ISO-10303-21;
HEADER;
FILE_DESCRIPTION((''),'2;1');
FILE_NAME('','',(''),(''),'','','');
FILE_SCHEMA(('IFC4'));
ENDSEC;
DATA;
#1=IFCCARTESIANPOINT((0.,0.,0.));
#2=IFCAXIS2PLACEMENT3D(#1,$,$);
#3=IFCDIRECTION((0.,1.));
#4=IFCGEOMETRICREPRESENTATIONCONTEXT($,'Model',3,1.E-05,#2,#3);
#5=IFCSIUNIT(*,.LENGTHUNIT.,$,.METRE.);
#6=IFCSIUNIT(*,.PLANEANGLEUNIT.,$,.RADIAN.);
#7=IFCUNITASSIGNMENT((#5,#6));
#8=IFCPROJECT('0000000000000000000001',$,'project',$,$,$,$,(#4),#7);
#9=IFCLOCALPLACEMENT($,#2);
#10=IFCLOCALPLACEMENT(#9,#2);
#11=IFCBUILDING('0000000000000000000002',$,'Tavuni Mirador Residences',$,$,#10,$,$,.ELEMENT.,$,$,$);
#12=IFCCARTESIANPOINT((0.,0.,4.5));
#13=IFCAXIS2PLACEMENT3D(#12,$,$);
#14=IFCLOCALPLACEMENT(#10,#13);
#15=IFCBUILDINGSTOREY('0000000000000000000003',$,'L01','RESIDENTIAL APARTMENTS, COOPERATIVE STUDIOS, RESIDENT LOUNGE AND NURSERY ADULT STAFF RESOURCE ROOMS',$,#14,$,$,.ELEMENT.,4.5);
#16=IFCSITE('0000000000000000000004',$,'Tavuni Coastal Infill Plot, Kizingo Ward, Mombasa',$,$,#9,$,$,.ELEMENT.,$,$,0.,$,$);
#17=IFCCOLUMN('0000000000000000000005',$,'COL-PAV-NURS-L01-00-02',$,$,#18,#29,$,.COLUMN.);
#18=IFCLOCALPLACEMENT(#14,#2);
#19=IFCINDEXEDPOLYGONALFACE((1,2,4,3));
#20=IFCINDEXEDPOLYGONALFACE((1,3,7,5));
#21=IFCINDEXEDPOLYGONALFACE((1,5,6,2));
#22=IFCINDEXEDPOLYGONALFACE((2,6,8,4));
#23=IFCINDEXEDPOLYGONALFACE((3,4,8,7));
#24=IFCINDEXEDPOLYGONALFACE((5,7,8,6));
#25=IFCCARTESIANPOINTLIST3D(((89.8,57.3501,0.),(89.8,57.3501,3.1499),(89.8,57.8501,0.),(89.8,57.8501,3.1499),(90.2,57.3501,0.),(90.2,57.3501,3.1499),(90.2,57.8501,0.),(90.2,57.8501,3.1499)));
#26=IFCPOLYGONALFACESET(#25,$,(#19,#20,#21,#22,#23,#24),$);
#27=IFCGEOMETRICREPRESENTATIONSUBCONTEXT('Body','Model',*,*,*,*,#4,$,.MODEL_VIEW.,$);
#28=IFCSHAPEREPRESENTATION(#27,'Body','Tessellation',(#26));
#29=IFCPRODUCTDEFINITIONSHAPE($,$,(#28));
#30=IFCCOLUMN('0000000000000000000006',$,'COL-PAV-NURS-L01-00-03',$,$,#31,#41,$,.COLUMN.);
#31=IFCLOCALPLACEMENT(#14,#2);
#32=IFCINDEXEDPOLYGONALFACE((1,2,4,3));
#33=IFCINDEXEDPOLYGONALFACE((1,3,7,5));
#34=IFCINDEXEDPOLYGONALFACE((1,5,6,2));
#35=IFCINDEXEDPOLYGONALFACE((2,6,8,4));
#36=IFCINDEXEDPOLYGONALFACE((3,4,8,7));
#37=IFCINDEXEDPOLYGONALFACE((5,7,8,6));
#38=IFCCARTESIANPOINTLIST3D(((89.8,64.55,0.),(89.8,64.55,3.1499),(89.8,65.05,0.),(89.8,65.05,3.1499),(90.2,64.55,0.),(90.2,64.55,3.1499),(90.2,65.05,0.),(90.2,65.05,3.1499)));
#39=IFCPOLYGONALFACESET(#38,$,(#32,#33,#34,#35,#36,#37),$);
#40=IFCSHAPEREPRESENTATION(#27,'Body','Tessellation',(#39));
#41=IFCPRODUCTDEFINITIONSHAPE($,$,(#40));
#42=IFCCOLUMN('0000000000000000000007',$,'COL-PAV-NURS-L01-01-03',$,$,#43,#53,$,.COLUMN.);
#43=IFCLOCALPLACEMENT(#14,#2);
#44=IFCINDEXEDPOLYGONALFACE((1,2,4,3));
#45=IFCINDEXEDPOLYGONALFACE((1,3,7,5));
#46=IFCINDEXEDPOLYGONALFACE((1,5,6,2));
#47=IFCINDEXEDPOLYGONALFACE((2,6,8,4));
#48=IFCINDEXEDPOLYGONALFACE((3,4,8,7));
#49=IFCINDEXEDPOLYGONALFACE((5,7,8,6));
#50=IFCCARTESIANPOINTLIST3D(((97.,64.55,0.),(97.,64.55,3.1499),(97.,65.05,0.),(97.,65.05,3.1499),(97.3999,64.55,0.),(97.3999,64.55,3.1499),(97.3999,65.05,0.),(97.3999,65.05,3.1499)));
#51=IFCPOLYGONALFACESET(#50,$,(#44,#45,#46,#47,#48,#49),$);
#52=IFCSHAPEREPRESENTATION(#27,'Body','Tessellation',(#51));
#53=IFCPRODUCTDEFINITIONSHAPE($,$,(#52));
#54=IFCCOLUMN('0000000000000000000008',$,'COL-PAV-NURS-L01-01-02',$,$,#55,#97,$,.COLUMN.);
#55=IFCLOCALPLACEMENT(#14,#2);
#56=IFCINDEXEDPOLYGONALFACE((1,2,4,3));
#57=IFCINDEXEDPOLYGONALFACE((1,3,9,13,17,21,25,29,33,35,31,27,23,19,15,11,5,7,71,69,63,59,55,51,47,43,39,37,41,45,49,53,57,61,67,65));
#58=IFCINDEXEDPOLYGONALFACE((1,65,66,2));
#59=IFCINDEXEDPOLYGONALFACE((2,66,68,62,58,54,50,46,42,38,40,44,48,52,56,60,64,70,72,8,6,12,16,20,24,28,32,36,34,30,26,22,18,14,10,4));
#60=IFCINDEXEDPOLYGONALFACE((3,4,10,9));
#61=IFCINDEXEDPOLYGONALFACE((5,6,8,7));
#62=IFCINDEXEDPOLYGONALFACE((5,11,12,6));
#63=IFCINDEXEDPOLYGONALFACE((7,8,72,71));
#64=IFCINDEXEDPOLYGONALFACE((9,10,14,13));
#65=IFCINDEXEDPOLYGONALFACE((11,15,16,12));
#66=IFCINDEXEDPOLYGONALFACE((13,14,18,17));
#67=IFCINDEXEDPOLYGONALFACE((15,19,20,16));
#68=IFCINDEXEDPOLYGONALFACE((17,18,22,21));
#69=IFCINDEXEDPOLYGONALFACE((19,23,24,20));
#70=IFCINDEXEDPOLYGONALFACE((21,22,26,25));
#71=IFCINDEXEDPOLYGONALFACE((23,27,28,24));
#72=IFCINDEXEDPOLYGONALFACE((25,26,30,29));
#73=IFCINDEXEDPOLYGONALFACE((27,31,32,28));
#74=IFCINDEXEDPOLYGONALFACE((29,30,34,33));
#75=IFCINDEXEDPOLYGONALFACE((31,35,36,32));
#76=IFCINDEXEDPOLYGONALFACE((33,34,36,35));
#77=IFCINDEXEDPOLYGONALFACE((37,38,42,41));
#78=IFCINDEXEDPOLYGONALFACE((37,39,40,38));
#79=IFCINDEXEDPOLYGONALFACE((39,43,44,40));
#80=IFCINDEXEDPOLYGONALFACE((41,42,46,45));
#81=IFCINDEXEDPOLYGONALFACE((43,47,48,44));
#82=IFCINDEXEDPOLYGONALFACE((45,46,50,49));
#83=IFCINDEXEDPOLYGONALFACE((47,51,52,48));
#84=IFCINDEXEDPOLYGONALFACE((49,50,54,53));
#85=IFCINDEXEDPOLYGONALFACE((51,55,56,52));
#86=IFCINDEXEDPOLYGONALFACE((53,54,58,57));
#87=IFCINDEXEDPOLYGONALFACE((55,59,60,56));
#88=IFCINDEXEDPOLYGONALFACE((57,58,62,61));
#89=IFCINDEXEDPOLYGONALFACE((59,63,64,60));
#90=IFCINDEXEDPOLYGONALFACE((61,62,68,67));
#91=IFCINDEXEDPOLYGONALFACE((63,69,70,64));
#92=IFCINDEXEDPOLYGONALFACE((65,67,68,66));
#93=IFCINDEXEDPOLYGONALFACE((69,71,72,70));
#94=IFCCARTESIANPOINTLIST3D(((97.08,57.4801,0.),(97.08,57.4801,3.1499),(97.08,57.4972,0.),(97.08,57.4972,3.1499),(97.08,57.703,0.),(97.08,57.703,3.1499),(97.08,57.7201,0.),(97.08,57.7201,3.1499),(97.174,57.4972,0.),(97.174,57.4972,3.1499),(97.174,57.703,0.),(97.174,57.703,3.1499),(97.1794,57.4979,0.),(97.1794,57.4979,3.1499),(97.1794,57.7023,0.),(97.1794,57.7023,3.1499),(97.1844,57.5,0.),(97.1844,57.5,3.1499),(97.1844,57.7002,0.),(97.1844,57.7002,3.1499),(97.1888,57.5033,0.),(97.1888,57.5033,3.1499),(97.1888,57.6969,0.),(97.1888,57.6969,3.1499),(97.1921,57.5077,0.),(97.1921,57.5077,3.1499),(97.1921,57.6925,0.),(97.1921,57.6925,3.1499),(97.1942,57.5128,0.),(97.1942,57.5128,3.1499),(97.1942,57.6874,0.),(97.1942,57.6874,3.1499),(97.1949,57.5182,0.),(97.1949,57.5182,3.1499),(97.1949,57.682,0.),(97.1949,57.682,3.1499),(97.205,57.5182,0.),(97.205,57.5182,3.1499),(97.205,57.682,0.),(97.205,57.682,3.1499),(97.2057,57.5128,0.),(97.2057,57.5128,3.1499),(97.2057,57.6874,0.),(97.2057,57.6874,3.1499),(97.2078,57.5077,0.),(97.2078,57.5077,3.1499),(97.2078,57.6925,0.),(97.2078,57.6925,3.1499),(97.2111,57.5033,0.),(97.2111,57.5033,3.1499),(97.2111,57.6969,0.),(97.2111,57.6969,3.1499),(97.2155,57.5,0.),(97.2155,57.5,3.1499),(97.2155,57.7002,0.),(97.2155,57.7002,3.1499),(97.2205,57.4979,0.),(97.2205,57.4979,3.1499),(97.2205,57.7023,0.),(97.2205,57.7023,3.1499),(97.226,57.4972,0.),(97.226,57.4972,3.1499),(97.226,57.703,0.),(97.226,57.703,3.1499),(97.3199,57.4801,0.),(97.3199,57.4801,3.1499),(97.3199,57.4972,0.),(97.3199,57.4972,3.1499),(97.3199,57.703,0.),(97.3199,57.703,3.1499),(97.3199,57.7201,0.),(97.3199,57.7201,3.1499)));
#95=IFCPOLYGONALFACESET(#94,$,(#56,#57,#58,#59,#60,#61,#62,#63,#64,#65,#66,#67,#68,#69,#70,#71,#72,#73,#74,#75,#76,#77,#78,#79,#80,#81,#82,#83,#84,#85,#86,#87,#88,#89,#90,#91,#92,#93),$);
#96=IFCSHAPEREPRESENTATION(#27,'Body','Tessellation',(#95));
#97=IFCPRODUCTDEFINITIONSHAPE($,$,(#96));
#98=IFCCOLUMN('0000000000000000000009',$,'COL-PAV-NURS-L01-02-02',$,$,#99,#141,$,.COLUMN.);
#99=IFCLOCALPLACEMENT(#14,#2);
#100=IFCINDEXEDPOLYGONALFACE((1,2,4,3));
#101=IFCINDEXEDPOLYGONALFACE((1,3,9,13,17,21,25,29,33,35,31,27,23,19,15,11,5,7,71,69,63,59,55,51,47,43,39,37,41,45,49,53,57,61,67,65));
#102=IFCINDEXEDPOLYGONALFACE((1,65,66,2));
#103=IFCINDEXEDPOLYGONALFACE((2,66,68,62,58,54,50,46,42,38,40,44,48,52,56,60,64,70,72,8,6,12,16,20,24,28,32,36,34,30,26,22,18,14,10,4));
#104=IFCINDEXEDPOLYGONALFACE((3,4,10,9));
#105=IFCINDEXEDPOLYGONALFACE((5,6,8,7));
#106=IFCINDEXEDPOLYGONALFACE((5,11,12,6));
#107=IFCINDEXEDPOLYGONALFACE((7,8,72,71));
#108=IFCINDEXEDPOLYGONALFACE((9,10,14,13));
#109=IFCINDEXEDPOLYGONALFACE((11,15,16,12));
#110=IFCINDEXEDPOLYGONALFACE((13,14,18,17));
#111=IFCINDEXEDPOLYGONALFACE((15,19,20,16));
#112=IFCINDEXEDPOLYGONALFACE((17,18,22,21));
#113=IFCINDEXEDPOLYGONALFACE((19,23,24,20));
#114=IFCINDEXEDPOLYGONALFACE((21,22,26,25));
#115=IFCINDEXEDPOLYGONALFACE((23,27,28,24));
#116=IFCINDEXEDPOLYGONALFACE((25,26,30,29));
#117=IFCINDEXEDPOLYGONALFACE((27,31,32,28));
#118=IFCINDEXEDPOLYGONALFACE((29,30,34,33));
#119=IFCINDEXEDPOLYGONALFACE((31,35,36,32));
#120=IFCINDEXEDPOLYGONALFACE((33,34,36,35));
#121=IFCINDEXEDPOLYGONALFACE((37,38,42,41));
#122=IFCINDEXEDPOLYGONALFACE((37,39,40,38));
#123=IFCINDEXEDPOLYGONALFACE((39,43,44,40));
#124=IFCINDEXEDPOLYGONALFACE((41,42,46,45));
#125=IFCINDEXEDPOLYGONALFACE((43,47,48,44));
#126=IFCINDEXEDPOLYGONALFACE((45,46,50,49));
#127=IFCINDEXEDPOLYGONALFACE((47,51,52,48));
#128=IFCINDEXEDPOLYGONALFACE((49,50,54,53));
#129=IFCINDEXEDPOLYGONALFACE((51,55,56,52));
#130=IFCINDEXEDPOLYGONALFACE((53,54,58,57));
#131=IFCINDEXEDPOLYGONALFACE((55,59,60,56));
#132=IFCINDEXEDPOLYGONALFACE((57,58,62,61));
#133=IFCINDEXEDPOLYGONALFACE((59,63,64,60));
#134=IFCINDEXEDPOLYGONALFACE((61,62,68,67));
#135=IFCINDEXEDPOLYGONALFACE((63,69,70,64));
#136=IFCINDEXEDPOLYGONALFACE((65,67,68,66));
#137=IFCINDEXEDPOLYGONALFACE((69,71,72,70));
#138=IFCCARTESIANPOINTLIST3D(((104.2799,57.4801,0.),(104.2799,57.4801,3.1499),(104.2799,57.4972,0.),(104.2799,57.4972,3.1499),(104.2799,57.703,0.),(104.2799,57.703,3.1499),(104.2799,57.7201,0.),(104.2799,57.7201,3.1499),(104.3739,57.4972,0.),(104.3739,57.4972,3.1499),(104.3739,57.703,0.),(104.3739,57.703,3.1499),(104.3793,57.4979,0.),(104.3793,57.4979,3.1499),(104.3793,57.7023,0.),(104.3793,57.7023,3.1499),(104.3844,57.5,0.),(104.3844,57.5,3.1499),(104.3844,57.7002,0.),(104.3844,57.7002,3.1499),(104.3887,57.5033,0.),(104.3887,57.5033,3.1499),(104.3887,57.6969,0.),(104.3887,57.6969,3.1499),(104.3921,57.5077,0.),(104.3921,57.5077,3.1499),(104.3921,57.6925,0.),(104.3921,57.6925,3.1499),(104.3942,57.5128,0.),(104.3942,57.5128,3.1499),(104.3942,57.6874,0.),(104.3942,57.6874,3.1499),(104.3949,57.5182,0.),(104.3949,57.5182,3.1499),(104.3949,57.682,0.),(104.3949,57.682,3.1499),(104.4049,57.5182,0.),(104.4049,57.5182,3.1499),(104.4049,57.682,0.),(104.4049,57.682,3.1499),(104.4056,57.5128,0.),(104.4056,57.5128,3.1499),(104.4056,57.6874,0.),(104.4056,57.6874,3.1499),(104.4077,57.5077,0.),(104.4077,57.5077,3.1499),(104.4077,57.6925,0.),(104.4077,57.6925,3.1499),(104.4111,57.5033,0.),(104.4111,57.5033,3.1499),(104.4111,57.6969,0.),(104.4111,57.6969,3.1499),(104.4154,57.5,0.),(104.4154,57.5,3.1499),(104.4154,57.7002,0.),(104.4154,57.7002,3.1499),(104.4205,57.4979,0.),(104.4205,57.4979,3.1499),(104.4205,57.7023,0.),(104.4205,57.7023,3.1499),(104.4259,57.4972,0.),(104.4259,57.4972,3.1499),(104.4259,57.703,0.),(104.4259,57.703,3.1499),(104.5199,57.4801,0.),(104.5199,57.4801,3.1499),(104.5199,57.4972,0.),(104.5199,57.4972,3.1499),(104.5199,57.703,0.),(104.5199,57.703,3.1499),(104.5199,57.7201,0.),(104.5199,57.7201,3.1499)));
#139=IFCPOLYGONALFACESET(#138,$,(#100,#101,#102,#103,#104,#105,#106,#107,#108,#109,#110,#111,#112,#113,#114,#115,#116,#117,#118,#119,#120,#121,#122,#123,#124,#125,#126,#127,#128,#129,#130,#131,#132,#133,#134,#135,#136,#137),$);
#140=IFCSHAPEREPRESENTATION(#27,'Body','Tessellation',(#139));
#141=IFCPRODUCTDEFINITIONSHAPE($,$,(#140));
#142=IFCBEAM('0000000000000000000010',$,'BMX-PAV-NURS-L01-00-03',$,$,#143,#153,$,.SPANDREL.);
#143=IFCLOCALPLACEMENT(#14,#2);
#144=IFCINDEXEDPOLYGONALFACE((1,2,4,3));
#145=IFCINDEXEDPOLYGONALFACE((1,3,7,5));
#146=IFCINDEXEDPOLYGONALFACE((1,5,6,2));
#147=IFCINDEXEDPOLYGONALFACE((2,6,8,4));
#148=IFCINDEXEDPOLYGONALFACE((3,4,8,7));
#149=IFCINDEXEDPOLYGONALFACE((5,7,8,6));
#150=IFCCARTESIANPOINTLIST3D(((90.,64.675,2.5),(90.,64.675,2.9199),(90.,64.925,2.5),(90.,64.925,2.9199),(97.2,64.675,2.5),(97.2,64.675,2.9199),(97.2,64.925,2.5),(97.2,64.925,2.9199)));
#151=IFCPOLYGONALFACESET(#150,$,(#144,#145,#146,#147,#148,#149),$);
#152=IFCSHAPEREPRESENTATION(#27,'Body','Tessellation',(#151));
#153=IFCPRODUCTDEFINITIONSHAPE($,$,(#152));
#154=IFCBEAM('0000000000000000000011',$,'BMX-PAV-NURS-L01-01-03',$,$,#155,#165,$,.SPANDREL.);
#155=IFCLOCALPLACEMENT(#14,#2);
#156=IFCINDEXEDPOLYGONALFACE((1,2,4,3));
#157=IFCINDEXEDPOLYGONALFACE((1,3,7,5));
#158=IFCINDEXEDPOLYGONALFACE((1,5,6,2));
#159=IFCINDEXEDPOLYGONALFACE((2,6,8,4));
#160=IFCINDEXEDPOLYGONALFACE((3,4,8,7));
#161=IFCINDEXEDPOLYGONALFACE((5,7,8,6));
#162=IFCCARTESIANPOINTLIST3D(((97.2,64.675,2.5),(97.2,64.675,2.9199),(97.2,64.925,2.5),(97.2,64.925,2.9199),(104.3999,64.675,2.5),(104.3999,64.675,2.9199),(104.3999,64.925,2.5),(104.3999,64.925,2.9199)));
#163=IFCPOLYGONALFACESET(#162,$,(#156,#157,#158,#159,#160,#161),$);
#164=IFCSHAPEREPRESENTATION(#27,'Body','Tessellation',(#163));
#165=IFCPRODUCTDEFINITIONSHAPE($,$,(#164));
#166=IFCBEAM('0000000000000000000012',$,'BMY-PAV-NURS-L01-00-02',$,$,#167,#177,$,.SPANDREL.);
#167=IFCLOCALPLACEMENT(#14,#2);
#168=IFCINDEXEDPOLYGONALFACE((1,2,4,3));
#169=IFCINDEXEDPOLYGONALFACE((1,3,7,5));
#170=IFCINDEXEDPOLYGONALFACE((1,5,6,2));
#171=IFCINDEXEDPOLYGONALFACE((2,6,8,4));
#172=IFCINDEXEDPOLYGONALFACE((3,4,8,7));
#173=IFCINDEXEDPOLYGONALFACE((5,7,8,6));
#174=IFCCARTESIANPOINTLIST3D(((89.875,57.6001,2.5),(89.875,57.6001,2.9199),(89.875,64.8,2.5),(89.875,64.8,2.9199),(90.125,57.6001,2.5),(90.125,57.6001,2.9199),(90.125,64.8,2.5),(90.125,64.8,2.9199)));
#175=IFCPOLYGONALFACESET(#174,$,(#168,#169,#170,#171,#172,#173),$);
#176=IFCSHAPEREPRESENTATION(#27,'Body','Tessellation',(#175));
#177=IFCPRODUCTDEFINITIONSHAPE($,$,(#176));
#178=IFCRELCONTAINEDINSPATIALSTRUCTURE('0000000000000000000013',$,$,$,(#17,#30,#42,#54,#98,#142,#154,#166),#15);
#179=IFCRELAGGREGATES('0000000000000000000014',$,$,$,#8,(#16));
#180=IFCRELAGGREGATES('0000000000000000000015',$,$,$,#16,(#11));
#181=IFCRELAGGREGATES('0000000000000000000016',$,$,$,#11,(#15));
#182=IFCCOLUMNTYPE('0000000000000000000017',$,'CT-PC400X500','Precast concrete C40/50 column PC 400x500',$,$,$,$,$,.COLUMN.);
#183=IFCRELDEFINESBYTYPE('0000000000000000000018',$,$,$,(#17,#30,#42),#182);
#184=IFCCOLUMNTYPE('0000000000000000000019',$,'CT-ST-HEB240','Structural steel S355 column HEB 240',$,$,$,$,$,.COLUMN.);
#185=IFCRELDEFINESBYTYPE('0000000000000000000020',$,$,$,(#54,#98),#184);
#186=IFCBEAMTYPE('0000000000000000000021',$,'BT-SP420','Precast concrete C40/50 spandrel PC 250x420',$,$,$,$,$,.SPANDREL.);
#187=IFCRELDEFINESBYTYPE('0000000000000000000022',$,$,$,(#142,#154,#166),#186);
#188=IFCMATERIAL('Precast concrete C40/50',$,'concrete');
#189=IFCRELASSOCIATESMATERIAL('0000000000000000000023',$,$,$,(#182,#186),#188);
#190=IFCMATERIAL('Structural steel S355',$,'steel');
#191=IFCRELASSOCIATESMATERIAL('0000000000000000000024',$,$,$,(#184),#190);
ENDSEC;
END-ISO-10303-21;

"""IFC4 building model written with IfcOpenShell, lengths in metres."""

from ifc_helpers import new_model, si_unit, direction, frame, origin, origin_2d, place, context, subcontext, project, spatial, rectangle, i_section, extrude, material, material_profile, profile_set, type_object, element, save


model = new_model("IFC4")

# Units and contexts
model_context = context("Model", 3, precision=1e-05, world=origin(), true_north=direction((0.0, 1.0)))
body_context = subcontext(model_context, "Body", "Model", "MODEL_VIEW")
ifc_project = project(units=[si_unit("LENGTHUNIT", "METRE"), si_unit("PLANEANGLEUNIT", "RADIAN")], contexts=[model_context])

# Site, building, storey
site_placement = place(None, origin())
site = spatial("IfcSite", under=ifc_project, at=site_placement, Name="Tavuni Coastal Infill Plot, Kizingo Ward, Mombasa", CompositionType="ELEMENT", RefElevation=0.0)
building_placement = place(site_placement, origin())
building = spatial("IfcBuilding", under=site, at=building_placement, Name="Tavuni Mirador Residences", CompositionType="ELEMENT")
storey_placement = place(building_placement, frame((0.0, 0.0, 4.5)))
storey = spatial("IfcBuildingStorey", under=building, at=storey_placement, Name="L01", Description="RESIDENTIAL APARTMENTS, COOPERATIVE STUDIOS, RESIDENT LOUNGE AND NURSERY ADULT STAFF RESOURCE ROOMS", CompositionType="ELEMENT", Elevation=4.5)

# Columns
ifc_material_1 = material(Name="Precast concrete C40/50", Category="concrete")
ifc_material_profile_1 = material_profile(ifc_material_1, rectangle(XDim=0.3999, YDim=0.5, at=origin_2d()), Name="PC 400x500", Category="concrete")
ifc_profile_set_1 = profile_set([ifc_material_profile_1], Name="Precast concrete C40/50")
column_type_1 = type_object("IfcColumnType", Name="CT-PC400X500", Description="Precast concrete C40/50 column PC 400x500", PredefinedType="COLUMN", material=ifc_profile_set_1)
for number, where, z_axis, x_axis, name in (
    (1, (90.0, 57.6001, 0.0), (0.0, 0.0, 1.0), (1.0, 0.0, 0.0), "COL-PAV-NURS-L01-00-02"),
    (2, (90.0, 64.8, 0.0), (0.0, 0.0, 1.0), (1.0, 0.0, 0.0), "COL-PAV-NURS-L01-00-03"),
    (3, (97.2, 64.8, 0.0), (0.0, 0.0, 1.0), (1.0, 0.0, 0.0), "COL-PAV-NURS-L01-01-03"),
):
    element("IfcColumn", number, at=place(storey_placement, frame(where, z_axis=z_axis, x_axis=x_axis)), inside=storey, type_object=column_type_1, Name=name, PredefinedType="COLUMN", context=body_context, shape_type="SweptSolid", body=[
        extrude(rectangle(XDim=0.3999, YDim=0.5, at=origin_2d()), origin(), (0.0, 0.0, 1.0), 3.1499),
    ])
ifc_material_2 = material(Name="Structural steel S355", Category="steel")
ifc_material_profile_2 = material_profile(ifc_material_2, i_section(OverallWidth=0.24, OverallDepth=0.24, WebThickness=0.01, FlangeThickness=0.0171, FilletRadius=0.021, at=origin_2d()), Name="HEB 240", Category="steel")
ifc_profile_set_2 = profile_set([ifc_material_profile_2], Name="Structural steel S355")
column_type_2 = type_object("IfcColumnType", Name="CT-ST-HEB240", Description="Structural steel S355 column HEB 240", PredefinedType="COLUMN", material=ifc_profile_set_2)
for number, where, z_axis, x_axis, name in (
    (4, (97.2, 57.6001, 0.0), (0.0, 0.0, 1.0), (1.0, 0.0, 0.0), "COL-PAV-NURS-L01-01-02"),
    (5, (104.3999, 57.6001, 0.0), (0.0, 0.0, 1.0), (1.0, 0.0, 0.0), "COL-PAV-NURS-L01-02-02"),
):
    element("IfcColumn", number, at=place(storey_placement, frame(where, z_axis=z_axis, x_axis=x_axis)), inside=storey, type_object=column_type_2, Name=name, PredefinedType="COLUMN", context=body_context, shape_type="SweptSolid", body=[
        extrude(i_section(OverallWidth=0.24, OverallDepth=0.24, WebThickness=0.01, FlangeThickness=0.0171, FilletRadius=0.021, at=origin_2d()), origin(), (0.0, 0.0, 1.0), 3.1499),
    ])

# Beams
ifc_material_profile_3 = material_profile(ifc_material_1, rectangle(XDim=0.25, YDim=0.4199, at=origin_2d()), Name="PC 250x420", Category="concrete")
ifc_profile_set_3 = profile_set([ifc_material_profile_3], Name="Precast concrete C40/50")
beam_type_1 = type_object("IfcBeamType", Name="BT-SP420", Description="Precast concrete C40/50 spandrel PC 250x420", PredefinedType="SPANDREL", material=ifc_profile_set_3)
for number, where, z_axis, x_axis, name in (
    (6, (90.0, 64.8, 2.71), (1.0, 0.0, 0.0), (0.0, 1.0, 0.0), "BMX-PAV-NURS-L01-00-03"),
    (7, (97.2, 64.8, 2.71), (1.0, 0.0, 0.0), (0.0, 1.0, 0.0), "BMX-PAV-NURS-L01-01-03"),
    (8, (90.0, 57.6001, 2.71), (0.0, 1.0, 0.0), (-1.0, 0.0, 0.0), "BMY-PAV-NURS-L01-00-02"),
):
    element("IfcBeam", number, at=place(storey_placement, frame(where, z_axis=z_axis, x_axis=x_axis)), inside=storey, type_object=beam_type_1, Name=name, PredefinedType="SPANDREL", context=body_context, shape_type="SweptSolid", body=[
        extrude(rectangle(XDim=0.25, YDim=0.4199, at=origin_2d()), origin(), (0.0, 0.0, 1.0), 7.2),
    ])

save(model, "model.ifc")
